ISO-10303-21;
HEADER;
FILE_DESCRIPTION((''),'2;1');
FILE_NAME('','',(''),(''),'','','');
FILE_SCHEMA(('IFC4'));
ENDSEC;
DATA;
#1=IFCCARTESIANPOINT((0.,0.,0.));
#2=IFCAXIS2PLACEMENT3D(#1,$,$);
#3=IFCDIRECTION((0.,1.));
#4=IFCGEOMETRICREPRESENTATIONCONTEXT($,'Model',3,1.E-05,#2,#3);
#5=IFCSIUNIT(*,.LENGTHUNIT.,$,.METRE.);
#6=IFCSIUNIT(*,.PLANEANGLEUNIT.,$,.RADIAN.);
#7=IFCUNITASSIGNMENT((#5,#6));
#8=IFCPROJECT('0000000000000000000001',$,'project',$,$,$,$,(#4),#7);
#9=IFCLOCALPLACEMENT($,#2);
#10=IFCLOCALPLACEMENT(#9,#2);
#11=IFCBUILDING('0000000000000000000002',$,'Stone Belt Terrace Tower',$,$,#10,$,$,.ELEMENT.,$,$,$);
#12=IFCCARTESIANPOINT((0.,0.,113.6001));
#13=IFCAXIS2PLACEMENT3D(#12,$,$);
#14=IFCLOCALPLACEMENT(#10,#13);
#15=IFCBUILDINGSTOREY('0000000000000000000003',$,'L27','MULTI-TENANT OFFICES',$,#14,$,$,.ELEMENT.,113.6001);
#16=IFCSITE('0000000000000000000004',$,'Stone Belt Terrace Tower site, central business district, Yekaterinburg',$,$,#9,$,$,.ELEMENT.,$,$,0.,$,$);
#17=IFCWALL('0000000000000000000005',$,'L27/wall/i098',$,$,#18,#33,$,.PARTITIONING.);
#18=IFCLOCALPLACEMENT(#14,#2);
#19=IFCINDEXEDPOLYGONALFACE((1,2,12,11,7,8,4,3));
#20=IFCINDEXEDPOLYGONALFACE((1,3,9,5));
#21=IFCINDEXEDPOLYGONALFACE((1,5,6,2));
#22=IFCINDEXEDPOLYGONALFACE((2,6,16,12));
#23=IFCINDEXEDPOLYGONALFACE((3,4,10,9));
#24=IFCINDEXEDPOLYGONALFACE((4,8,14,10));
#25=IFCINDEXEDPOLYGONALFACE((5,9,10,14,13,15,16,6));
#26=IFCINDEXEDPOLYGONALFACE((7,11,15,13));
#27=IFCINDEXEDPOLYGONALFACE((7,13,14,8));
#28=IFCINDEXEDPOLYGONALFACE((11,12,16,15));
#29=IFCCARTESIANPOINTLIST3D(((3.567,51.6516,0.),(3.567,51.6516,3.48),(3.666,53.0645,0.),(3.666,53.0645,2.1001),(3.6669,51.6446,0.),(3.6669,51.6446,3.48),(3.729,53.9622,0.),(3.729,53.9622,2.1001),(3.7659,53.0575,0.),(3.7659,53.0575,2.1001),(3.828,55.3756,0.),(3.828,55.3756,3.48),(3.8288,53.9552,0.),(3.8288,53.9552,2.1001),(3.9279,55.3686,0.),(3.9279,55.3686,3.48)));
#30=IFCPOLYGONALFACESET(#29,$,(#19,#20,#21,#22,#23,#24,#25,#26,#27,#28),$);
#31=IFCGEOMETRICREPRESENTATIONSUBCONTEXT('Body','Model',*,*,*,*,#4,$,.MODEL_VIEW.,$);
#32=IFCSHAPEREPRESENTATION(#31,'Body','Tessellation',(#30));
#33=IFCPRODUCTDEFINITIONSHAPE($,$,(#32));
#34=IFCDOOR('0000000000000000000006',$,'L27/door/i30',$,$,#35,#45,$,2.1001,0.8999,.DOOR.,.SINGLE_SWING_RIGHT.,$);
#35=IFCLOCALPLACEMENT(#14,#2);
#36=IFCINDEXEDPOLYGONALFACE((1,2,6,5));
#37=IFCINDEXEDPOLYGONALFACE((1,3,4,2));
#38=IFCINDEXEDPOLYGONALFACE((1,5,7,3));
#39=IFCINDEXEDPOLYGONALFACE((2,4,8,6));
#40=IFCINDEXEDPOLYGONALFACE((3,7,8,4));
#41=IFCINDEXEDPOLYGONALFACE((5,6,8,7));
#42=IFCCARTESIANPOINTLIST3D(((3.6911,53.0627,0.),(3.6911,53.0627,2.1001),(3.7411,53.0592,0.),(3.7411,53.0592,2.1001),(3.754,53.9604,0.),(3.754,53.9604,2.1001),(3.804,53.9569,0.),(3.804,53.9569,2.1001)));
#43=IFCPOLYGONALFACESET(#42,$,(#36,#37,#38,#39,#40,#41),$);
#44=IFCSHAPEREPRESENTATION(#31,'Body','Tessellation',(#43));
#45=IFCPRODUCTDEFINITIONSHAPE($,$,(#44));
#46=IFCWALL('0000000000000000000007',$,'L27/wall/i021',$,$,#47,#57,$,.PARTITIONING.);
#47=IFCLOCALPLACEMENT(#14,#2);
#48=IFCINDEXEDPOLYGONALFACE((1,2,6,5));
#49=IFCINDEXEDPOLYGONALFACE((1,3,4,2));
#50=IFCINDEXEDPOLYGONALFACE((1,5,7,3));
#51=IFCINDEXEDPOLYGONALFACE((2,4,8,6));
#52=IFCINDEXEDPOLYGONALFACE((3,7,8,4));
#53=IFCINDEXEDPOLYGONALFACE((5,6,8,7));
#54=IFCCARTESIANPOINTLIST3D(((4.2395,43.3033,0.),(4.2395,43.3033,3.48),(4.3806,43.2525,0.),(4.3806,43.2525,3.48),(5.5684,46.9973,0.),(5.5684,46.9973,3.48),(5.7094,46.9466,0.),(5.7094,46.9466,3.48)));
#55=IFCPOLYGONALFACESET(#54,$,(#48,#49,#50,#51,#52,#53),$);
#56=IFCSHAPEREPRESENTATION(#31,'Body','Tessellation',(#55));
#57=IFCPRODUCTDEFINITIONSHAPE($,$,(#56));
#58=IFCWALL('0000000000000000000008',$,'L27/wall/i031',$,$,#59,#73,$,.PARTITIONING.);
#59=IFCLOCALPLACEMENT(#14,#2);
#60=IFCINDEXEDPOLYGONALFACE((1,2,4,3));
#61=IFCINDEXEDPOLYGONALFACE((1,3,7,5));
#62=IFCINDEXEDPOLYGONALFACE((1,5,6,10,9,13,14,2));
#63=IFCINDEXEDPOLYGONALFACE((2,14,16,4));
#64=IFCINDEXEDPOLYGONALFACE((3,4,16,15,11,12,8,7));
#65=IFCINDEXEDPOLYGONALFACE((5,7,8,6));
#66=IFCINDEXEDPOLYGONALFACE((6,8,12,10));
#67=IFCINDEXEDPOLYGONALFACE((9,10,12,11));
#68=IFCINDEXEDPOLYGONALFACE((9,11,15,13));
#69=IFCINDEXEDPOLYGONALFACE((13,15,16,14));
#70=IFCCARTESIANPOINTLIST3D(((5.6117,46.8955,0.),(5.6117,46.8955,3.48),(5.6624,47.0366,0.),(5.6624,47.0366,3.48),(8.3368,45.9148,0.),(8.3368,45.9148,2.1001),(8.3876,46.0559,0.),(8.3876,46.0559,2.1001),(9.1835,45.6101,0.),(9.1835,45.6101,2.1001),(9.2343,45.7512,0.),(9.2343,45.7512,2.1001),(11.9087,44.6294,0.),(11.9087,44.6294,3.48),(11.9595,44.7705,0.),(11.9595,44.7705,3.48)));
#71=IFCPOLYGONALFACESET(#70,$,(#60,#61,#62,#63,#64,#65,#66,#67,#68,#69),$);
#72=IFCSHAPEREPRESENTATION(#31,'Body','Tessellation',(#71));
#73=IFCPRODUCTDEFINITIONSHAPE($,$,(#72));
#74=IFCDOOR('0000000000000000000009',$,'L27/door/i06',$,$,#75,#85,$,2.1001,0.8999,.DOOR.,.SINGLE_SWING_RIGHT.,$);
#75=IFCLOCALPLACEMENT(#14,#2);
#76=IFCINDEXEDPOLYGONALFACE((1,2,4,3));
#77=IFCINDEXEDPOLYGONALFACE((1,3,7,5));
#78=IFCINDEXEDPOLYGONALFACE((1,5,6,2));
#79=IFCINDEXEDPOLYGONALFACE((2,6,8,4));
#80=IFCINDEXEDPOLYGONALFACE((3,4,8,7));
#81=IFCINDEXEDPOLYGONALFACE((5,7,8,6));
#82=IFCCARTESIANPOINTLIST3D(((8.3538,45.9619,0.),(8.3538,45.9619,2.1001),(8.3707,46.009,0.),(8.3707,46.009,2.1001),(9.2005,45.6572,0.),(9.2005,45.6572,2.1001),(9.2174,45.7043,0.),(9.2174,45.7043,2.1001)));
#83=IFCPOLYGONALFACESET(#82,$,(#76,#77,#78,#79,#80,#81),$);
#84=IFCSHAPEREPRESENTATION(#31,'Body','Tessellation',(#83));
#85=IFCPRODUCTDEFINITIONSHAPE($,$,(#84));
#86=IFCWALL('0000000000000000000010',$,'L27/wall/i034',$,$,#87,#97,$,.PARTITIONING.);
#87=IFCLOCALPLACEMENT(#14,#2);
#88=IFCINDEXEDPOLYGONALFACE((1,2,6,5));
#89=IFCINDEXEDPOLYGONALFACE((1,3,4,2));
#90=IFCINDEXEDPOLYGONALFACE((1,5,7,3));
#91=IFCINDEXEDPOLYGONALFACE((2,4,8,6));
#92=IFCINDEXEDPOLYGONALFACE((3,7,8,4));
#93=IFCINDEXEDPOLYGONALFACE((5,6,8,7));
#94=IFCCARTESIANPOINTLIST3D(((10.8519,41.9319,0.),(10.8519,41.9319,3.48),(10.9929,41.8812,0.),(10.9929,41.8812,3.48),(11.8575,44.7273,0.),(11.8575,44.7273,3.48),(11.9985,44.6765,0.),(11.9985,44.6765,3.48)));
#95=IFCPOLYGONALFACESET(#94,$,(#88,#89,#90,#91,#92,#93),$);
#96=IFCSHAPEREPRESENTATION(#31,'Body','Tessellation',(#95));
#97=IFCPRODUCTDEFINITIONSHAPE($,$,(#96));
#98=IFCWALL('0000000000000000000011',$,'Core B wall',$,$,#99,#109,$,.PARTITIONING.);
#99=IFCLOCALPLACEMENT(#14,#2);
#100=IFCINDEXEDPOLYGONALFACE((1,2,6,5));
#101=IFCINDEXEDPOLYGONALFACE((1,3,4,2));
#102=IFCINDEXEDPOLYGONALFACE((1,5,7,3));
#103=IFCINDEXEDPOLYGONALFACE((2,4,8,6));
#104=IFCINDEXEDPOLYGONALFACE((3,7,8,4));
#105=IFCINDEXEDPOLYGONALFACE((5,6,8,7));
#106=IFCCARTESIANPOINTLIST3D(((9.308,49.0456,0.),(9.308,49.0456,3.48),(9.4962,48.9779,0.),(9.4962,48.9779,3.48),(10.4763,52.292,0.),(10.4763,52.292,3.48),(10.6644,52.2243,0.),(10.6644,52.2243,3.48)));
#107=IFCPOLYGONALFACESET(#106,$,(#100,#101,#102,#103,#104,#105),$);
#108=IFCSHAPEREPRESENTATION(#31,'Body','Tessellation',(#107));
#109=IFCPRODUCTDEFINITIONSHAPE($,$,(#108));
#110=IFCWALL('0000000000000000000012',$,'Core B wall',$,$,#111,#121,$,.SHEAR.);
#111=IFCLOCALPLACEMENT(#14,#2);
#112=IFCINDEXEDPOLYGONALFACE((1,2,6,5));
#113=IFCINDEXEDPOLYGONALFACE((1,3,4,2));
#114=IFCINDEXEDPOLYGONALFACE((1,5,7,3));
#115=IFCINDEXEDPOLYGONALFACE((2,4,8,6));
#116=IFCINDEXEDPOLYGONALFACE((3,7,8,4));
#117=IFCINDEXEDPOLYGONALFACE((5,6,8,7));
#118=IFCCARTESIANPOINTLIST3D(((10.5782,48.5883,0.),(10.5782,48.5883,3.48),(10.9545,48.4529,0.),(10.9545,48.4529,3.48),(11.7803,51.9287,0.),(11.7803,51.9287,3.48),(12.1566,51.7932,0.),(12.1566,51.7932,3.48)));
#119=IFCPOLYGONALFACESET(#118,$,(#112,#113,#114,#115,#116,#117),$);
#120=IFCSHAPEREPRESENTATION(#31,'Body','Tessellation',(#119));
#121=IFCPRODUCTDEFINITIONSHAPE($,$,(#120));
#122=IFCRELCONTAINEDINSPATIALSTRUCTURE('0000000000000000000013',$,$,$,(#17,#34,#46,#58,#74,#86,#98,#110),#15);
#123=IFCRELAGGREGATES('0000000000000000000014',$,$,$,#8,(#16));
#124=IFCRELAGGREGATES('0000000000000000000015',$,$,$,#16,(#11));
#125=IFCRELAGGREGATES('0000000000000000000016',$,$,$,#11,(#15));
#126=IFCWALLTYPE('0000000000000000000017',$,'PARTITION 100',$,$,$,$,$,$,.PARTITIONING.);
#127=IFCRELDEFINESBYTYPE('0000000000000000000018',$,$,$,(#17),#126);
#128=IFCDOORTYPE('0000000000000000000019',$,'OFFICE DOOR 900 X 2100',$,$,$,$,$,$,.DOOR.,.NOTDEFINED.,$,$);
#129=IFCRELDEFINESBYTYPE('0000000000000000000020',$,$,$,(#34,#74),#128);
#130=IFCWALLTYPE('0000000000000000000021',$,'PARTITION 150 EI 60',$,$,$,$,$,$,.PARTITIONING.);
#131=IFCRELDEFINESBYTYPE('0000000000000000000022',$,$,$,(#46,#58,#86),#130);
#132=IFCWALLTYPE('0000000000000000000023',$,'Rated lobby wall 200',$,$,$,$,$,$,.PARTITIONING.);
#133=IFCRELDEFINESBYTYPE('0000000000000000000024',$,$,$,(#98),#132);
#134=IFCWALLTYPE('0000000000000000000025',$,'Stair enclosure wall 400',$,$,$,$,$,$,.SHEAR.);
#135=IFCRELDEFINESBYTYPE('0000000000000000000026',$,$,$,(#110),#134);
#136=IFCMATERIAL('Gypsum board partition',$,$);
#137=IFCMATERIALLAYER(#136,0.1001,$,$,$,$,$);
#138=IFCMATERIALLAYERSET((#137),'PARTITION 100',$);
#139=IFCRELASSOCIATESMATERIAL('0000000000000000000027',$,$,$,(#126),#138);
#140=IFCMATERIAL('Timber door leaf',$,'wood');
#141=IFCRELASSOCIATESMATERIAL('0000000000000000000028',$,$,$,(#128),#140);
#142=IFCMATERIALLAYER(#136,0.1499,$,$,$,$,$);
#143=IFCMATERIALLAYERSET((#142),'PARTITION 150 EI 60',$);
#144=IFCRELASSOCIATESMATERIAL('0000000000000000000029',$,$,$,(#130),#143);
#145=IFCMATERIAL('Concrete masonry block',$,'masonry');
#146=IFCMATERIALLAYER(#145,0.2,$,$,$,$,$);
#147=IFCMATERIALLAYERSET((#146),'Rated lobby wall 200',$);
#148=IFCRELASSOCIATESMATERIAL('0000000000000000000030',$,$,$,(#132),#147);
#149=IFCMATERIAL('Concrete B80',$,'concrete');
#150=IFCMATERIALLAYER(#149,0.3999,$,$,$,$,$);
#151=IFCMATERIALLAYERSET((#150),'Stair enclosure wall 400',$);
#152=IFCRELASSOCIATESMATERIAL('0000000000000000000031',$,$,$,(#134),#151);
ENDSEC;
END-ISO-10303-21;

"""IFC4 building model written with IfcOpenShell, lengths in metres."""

from ifc_helpers import new_model, si_unit, direction, frame, frame_2d, origin, place, context, subcontext, project, spatial, rectangle, extrude, material, layer, layer_set, type_object, element, fill, save


model = new_model("IFC4")

# Units and contexts
model_context = context("Model", 3, precision=1e-05, world=origin(), true_north=direction((0.0, 1.0)))
body_context = subcontext(model_context, "Body", "Model", "MODEL_VIEW")
ifc_project = project(units=[si_unit("LENGTHUNIT", "METRE"), si_unit("PLANEANGLEUNIT", "RADIAN")], contexts=[model_context])

# Site, building, storey
site_placement = place(None, origin())
site = spatial("IfcSite", under=ifc_project, at=site_placement, Name="Stone Belt Terrace Tower site, central business district, Yekaterinburg", CompositionType="ELEMENT", RefElevation=0.0)
building_placement = place(site_placement, origin())
building = spatial("IfcBuilding", under=site, at=building_placement, Name="Stone Belt Terrace Tower", CompositionType="ELEMENT")
storey_placement = place(building_placement, frame((0.0, 0.0, 113.6001)))
storey = spatial("IfcBuildingStorey", under=building, at=storey_placement, Name="L27", Description="MULTI-TENANT OFFICES", CompositionType="ELEMENT", Elevation=113.6001)

# Shared definitions
ifc_material_1 = material(Name="Concrete B80", Category="concrete")

# Shared definitions
ifc_material_2 = material(Name="Timber door leaf", Category="wood")

# Wall, opening, door
ifc_material_3 = material(Name="Gypsum board partition")
ifc_layer_1 = layer(ifc_material_3, 0.1001)
ifc_layer_set_1 = layer_set([ifc_layer_1], Name="PARTITION 100")
wall_type_1 = type_object("IfcWallType", Name="PARTITION 100", PredefinedType="PARTITIONING", material=ifc_layer_set_1)
wall_1_placement = place(storey_placement, frame((3.6169, 51.6479, 0.0), z_axis=(0.0, 0.0, 1.0), x_axis=(0.069909, 0.997553, 0.0)))
wall_1 = element("IfcWall", 1, at=wall_1_placement, inside=storey, type_object=wall_type_1, Name="L27/wall/i098", PredefinedType="PARTITIONING", context=body_context, shape_type="SweptSolid", body=[
    extrude(rectangle(XDim=3.7332, YDim=0.1001, at=frame_2d((1.8667, 0.0))), origin(), (0.0, 0.0, 1.0), 3.48),
])
opening_1_placement = place(wall_1_placement, frame((1.4165, 0.0, 0.0)))
opening_1 = element("IfcOpeningElement", 2, at=opening_1_placement, cuts=wall_1, PredefinedType="OPENING", context=body_context, shape_type="SweptSolid", body=[
    extrude(rectangle(XDim=0.8999, YDim=2.1001, at=frame_2d((0.45, 1.05))), frame((0.0, 0.0601, 0.0), z_axis=(0.0, -1.0, 0.0), x_axis=(1.0, 0.0, 0.0)), (0.0, 0.0, 1.0), 0.1201),
])
door_type_1 = type_object("IfcDoorType", Name="OFFICE DOOR 900 X 2100", OperationType="NOTDEFINED", PredefinedType="DOOR", material=ifc_material_2)
door_1_placement = place(opening_1_placement, origin())
door_1 = element("IfcDoor", 3, at=door_1_placement, inside=storey, type_object=door_type_1, Name="L27/door/i30", OperationType="SINGLE_SWING_RIGHT", OverallHeight=2.1001, OverallWidth=0.8999, PredefinedType="DOOR", context=body_context, shape_type="SweptSolid", body=[
    extrude(rectangle(XDim=0.8999, YDim=2.1001, at=frame_2d((0.45, 1.05))), frame((0.0, 0.0249, 0.0), z_axis=(0.0, -1.0, 0.0), x_axis=(1.0, 0.0, 0.0)), (0.0, 0.0, 1.0), 0.05),
])
fill(opening_1, door_1)

# Wall
ifc_layer_2 = layer(ifc_material_3, 0.1499)
ifc_layer_set_2 = layer_set([ifc_layer_2], Name="PARTITION 150 EI 60")
wall_type_2 = type_object("IfcWallType", Name="PARTITION 150 EI 60", PredefinedType="PARTITIONING", material=ifc_layer_set_2)
wall_2_placement = place(storey_placement, frame((5.6389, 46.9719, 0.0), z_axis=(0.0, 0.0, 1.0), x_axis=(-0.33849, -0.94097, 0.0)))
element("IfcWall", 4, at=wall_2_placement, inside=storey, type_object=wall_type_2, Name="L27/wall/i021", PredefinedType="PARTITIONING", context=body_context, shape_type="SweptSolid", body=[
    extrude(rectangle(XDim=3.9258, YDim=0.1499, at=frame_2d((1.9629, 0.0))), origin(), (0.0, 0.0, 1.0), 3.48),
])

# Wall, opening, door
wall_3_placement = place(storey_placement, frame((11.9341, 44.7, 0.0), z_axis=(0.0, 0.0, 1.0), x_axis=(-0.940928, 0.338607, 0.0)))
wall_3 = element("IfcWall", 5, at=wall_3_placement, inside=storey, type_object=wall_type_2, Name="L27/wall/i031", PredefinedType="PARTITIONING", context=body_context, shape_type="SweptSolid", body=[
    extrude(rectangle(XDim=6.6924, YDim=0.1499, at=frame_2d((3.3462, 0.0))), origin(), (0.0, 0.0, 1.0), 3.48),
])
opening_2_placement = place(wall_3_placement, frame((2.8962, 0.0, 0.0)))
opening_2 = element("IfcOpeningElement", 6, at=opening_2_placement, cuts=wall_3, PredefinedType="OPENING", context=body_context, shape_type="SweptSolid", body=[
    extrude(rectangle(XDim=0.8999, YDim=2.1001, at=frame_2d((0.45, 1.05))), frame((0.0, 0.085, 0.0), z_axis=(0.0, -1.0, 0.0), x_axis=(1.0, 0.0, 0.0)), (0.0, 0.0, 1.0), 0.1699),
])
door_2_placement = place(opening_2_placement, origin())
door_2 = element("IfcDoor", 7, at=door_2_placement, inside=storey, type_object=door_type_1, Name="L27/door/i06", OperationType="SINGLE_SWING_RIGHT", OverallHeight=2.1001, OverallWidth=0.8999, PredefinedType="DOOR", context=body_context, shape_type="SweptSolid", body=[
    extrude(rectangle(XDim=0.8999, YDim=2.1001, at=frame_2d((0.45, 1.05))), frame((0.0, 0.0249, 0.0), z_axis=(0.0, -1.0, 0.0), x_axis=(1.0, 0.0, 0.0)), (0.0, 0.0, 1.0), 0.05),
])
fill(opening_2, door_2)

# Walls
wall_4_placement = place(storey_placement, frame((11.928, 44.7019, 0.0), z_axis=(0.0, 0.0, 1.0), x_axis=(-0.338501, -0.940966, 0.0)))
element("IfcWall", 8, at=wall_4_placement, inside=storey, type_object=wall_type_2, Name="L27/wall/i034", PredefinedType="PARTITIONING", context=body_context, shape_type="SweptSolid", body=[
    extrude(rectangle(XDim=2.9707, YDim=0.1499, at=frame_2d((1.4854, 0.0))), origin(), (0.0, 0.0, 1.0), 3.48),
])
ifc_material_4 = material(Name="Concrete masonry block", Category="masonry")
ifc_layer_3 = layer(ifc_material_4, 0.2)
ifc_layer_set_3 = layer_set([ifc_layer_3], Name="Rated lobby wall 200")
wall_type_3 = type_object("IfcWallType", Name="Rated lobby wall 200", PredefinedType="PARTITIONING", material=ifc_layer_set_3)
wall_5_placement = place(storey_placement, frame((9.4021, 49.0117, 0.0), z_axis=(0.0, 0.0, 1.0), x_axis=(0.338599, 0.940931, 0.0)))
element("IfcWall", 9, at=wall_5_placement, inside=storey, type_object=wall_type_3, Name="Core B wall", PredefinedType="PARTITIONING", context=body_context, shape_type="SweptSolid", body=[
    extrude(rectangle(XDim=3.4502, YDim=0.2, at=frame_2d((1.7251, 0.0))), origin(), (0.0, 0.0, 1.0), 3.48),
])
ifc_layer_4 = layer(ifc_material_1, 0.3999)
ifc_layer_set_4 = layer_set([ifc_layer_4], Name="Stair enclosure wall 400")
wall_type_4 = type_object("IfcWallType", Name="Stair enclosure wall 400", PredefinedType="SHEAR", material=ifc_layer_set_4)
wall_6_placement = place(storey_placement, frame((10.7664, 48.5208, 0.0), z_axis=(0.0, 0.0, 1.0), x_axis=(0.338627, 0.940921, 0.0)))
element("IfcWall", 10, at=wall_6_placement, inside=storey, type_object=wall_type_4, Name="Core B wall", PredefinedType="SHEAR", context=body_context, shape_type="SweptSolid", body=[
    extrude(rectangle(XDim=3.55, YDim=0.3999, at=frame_2d((1.7749, 0.0))), origin(), (0.0, 0.0, 1.0), 3.48),
])

save(model, "model.ifc")
